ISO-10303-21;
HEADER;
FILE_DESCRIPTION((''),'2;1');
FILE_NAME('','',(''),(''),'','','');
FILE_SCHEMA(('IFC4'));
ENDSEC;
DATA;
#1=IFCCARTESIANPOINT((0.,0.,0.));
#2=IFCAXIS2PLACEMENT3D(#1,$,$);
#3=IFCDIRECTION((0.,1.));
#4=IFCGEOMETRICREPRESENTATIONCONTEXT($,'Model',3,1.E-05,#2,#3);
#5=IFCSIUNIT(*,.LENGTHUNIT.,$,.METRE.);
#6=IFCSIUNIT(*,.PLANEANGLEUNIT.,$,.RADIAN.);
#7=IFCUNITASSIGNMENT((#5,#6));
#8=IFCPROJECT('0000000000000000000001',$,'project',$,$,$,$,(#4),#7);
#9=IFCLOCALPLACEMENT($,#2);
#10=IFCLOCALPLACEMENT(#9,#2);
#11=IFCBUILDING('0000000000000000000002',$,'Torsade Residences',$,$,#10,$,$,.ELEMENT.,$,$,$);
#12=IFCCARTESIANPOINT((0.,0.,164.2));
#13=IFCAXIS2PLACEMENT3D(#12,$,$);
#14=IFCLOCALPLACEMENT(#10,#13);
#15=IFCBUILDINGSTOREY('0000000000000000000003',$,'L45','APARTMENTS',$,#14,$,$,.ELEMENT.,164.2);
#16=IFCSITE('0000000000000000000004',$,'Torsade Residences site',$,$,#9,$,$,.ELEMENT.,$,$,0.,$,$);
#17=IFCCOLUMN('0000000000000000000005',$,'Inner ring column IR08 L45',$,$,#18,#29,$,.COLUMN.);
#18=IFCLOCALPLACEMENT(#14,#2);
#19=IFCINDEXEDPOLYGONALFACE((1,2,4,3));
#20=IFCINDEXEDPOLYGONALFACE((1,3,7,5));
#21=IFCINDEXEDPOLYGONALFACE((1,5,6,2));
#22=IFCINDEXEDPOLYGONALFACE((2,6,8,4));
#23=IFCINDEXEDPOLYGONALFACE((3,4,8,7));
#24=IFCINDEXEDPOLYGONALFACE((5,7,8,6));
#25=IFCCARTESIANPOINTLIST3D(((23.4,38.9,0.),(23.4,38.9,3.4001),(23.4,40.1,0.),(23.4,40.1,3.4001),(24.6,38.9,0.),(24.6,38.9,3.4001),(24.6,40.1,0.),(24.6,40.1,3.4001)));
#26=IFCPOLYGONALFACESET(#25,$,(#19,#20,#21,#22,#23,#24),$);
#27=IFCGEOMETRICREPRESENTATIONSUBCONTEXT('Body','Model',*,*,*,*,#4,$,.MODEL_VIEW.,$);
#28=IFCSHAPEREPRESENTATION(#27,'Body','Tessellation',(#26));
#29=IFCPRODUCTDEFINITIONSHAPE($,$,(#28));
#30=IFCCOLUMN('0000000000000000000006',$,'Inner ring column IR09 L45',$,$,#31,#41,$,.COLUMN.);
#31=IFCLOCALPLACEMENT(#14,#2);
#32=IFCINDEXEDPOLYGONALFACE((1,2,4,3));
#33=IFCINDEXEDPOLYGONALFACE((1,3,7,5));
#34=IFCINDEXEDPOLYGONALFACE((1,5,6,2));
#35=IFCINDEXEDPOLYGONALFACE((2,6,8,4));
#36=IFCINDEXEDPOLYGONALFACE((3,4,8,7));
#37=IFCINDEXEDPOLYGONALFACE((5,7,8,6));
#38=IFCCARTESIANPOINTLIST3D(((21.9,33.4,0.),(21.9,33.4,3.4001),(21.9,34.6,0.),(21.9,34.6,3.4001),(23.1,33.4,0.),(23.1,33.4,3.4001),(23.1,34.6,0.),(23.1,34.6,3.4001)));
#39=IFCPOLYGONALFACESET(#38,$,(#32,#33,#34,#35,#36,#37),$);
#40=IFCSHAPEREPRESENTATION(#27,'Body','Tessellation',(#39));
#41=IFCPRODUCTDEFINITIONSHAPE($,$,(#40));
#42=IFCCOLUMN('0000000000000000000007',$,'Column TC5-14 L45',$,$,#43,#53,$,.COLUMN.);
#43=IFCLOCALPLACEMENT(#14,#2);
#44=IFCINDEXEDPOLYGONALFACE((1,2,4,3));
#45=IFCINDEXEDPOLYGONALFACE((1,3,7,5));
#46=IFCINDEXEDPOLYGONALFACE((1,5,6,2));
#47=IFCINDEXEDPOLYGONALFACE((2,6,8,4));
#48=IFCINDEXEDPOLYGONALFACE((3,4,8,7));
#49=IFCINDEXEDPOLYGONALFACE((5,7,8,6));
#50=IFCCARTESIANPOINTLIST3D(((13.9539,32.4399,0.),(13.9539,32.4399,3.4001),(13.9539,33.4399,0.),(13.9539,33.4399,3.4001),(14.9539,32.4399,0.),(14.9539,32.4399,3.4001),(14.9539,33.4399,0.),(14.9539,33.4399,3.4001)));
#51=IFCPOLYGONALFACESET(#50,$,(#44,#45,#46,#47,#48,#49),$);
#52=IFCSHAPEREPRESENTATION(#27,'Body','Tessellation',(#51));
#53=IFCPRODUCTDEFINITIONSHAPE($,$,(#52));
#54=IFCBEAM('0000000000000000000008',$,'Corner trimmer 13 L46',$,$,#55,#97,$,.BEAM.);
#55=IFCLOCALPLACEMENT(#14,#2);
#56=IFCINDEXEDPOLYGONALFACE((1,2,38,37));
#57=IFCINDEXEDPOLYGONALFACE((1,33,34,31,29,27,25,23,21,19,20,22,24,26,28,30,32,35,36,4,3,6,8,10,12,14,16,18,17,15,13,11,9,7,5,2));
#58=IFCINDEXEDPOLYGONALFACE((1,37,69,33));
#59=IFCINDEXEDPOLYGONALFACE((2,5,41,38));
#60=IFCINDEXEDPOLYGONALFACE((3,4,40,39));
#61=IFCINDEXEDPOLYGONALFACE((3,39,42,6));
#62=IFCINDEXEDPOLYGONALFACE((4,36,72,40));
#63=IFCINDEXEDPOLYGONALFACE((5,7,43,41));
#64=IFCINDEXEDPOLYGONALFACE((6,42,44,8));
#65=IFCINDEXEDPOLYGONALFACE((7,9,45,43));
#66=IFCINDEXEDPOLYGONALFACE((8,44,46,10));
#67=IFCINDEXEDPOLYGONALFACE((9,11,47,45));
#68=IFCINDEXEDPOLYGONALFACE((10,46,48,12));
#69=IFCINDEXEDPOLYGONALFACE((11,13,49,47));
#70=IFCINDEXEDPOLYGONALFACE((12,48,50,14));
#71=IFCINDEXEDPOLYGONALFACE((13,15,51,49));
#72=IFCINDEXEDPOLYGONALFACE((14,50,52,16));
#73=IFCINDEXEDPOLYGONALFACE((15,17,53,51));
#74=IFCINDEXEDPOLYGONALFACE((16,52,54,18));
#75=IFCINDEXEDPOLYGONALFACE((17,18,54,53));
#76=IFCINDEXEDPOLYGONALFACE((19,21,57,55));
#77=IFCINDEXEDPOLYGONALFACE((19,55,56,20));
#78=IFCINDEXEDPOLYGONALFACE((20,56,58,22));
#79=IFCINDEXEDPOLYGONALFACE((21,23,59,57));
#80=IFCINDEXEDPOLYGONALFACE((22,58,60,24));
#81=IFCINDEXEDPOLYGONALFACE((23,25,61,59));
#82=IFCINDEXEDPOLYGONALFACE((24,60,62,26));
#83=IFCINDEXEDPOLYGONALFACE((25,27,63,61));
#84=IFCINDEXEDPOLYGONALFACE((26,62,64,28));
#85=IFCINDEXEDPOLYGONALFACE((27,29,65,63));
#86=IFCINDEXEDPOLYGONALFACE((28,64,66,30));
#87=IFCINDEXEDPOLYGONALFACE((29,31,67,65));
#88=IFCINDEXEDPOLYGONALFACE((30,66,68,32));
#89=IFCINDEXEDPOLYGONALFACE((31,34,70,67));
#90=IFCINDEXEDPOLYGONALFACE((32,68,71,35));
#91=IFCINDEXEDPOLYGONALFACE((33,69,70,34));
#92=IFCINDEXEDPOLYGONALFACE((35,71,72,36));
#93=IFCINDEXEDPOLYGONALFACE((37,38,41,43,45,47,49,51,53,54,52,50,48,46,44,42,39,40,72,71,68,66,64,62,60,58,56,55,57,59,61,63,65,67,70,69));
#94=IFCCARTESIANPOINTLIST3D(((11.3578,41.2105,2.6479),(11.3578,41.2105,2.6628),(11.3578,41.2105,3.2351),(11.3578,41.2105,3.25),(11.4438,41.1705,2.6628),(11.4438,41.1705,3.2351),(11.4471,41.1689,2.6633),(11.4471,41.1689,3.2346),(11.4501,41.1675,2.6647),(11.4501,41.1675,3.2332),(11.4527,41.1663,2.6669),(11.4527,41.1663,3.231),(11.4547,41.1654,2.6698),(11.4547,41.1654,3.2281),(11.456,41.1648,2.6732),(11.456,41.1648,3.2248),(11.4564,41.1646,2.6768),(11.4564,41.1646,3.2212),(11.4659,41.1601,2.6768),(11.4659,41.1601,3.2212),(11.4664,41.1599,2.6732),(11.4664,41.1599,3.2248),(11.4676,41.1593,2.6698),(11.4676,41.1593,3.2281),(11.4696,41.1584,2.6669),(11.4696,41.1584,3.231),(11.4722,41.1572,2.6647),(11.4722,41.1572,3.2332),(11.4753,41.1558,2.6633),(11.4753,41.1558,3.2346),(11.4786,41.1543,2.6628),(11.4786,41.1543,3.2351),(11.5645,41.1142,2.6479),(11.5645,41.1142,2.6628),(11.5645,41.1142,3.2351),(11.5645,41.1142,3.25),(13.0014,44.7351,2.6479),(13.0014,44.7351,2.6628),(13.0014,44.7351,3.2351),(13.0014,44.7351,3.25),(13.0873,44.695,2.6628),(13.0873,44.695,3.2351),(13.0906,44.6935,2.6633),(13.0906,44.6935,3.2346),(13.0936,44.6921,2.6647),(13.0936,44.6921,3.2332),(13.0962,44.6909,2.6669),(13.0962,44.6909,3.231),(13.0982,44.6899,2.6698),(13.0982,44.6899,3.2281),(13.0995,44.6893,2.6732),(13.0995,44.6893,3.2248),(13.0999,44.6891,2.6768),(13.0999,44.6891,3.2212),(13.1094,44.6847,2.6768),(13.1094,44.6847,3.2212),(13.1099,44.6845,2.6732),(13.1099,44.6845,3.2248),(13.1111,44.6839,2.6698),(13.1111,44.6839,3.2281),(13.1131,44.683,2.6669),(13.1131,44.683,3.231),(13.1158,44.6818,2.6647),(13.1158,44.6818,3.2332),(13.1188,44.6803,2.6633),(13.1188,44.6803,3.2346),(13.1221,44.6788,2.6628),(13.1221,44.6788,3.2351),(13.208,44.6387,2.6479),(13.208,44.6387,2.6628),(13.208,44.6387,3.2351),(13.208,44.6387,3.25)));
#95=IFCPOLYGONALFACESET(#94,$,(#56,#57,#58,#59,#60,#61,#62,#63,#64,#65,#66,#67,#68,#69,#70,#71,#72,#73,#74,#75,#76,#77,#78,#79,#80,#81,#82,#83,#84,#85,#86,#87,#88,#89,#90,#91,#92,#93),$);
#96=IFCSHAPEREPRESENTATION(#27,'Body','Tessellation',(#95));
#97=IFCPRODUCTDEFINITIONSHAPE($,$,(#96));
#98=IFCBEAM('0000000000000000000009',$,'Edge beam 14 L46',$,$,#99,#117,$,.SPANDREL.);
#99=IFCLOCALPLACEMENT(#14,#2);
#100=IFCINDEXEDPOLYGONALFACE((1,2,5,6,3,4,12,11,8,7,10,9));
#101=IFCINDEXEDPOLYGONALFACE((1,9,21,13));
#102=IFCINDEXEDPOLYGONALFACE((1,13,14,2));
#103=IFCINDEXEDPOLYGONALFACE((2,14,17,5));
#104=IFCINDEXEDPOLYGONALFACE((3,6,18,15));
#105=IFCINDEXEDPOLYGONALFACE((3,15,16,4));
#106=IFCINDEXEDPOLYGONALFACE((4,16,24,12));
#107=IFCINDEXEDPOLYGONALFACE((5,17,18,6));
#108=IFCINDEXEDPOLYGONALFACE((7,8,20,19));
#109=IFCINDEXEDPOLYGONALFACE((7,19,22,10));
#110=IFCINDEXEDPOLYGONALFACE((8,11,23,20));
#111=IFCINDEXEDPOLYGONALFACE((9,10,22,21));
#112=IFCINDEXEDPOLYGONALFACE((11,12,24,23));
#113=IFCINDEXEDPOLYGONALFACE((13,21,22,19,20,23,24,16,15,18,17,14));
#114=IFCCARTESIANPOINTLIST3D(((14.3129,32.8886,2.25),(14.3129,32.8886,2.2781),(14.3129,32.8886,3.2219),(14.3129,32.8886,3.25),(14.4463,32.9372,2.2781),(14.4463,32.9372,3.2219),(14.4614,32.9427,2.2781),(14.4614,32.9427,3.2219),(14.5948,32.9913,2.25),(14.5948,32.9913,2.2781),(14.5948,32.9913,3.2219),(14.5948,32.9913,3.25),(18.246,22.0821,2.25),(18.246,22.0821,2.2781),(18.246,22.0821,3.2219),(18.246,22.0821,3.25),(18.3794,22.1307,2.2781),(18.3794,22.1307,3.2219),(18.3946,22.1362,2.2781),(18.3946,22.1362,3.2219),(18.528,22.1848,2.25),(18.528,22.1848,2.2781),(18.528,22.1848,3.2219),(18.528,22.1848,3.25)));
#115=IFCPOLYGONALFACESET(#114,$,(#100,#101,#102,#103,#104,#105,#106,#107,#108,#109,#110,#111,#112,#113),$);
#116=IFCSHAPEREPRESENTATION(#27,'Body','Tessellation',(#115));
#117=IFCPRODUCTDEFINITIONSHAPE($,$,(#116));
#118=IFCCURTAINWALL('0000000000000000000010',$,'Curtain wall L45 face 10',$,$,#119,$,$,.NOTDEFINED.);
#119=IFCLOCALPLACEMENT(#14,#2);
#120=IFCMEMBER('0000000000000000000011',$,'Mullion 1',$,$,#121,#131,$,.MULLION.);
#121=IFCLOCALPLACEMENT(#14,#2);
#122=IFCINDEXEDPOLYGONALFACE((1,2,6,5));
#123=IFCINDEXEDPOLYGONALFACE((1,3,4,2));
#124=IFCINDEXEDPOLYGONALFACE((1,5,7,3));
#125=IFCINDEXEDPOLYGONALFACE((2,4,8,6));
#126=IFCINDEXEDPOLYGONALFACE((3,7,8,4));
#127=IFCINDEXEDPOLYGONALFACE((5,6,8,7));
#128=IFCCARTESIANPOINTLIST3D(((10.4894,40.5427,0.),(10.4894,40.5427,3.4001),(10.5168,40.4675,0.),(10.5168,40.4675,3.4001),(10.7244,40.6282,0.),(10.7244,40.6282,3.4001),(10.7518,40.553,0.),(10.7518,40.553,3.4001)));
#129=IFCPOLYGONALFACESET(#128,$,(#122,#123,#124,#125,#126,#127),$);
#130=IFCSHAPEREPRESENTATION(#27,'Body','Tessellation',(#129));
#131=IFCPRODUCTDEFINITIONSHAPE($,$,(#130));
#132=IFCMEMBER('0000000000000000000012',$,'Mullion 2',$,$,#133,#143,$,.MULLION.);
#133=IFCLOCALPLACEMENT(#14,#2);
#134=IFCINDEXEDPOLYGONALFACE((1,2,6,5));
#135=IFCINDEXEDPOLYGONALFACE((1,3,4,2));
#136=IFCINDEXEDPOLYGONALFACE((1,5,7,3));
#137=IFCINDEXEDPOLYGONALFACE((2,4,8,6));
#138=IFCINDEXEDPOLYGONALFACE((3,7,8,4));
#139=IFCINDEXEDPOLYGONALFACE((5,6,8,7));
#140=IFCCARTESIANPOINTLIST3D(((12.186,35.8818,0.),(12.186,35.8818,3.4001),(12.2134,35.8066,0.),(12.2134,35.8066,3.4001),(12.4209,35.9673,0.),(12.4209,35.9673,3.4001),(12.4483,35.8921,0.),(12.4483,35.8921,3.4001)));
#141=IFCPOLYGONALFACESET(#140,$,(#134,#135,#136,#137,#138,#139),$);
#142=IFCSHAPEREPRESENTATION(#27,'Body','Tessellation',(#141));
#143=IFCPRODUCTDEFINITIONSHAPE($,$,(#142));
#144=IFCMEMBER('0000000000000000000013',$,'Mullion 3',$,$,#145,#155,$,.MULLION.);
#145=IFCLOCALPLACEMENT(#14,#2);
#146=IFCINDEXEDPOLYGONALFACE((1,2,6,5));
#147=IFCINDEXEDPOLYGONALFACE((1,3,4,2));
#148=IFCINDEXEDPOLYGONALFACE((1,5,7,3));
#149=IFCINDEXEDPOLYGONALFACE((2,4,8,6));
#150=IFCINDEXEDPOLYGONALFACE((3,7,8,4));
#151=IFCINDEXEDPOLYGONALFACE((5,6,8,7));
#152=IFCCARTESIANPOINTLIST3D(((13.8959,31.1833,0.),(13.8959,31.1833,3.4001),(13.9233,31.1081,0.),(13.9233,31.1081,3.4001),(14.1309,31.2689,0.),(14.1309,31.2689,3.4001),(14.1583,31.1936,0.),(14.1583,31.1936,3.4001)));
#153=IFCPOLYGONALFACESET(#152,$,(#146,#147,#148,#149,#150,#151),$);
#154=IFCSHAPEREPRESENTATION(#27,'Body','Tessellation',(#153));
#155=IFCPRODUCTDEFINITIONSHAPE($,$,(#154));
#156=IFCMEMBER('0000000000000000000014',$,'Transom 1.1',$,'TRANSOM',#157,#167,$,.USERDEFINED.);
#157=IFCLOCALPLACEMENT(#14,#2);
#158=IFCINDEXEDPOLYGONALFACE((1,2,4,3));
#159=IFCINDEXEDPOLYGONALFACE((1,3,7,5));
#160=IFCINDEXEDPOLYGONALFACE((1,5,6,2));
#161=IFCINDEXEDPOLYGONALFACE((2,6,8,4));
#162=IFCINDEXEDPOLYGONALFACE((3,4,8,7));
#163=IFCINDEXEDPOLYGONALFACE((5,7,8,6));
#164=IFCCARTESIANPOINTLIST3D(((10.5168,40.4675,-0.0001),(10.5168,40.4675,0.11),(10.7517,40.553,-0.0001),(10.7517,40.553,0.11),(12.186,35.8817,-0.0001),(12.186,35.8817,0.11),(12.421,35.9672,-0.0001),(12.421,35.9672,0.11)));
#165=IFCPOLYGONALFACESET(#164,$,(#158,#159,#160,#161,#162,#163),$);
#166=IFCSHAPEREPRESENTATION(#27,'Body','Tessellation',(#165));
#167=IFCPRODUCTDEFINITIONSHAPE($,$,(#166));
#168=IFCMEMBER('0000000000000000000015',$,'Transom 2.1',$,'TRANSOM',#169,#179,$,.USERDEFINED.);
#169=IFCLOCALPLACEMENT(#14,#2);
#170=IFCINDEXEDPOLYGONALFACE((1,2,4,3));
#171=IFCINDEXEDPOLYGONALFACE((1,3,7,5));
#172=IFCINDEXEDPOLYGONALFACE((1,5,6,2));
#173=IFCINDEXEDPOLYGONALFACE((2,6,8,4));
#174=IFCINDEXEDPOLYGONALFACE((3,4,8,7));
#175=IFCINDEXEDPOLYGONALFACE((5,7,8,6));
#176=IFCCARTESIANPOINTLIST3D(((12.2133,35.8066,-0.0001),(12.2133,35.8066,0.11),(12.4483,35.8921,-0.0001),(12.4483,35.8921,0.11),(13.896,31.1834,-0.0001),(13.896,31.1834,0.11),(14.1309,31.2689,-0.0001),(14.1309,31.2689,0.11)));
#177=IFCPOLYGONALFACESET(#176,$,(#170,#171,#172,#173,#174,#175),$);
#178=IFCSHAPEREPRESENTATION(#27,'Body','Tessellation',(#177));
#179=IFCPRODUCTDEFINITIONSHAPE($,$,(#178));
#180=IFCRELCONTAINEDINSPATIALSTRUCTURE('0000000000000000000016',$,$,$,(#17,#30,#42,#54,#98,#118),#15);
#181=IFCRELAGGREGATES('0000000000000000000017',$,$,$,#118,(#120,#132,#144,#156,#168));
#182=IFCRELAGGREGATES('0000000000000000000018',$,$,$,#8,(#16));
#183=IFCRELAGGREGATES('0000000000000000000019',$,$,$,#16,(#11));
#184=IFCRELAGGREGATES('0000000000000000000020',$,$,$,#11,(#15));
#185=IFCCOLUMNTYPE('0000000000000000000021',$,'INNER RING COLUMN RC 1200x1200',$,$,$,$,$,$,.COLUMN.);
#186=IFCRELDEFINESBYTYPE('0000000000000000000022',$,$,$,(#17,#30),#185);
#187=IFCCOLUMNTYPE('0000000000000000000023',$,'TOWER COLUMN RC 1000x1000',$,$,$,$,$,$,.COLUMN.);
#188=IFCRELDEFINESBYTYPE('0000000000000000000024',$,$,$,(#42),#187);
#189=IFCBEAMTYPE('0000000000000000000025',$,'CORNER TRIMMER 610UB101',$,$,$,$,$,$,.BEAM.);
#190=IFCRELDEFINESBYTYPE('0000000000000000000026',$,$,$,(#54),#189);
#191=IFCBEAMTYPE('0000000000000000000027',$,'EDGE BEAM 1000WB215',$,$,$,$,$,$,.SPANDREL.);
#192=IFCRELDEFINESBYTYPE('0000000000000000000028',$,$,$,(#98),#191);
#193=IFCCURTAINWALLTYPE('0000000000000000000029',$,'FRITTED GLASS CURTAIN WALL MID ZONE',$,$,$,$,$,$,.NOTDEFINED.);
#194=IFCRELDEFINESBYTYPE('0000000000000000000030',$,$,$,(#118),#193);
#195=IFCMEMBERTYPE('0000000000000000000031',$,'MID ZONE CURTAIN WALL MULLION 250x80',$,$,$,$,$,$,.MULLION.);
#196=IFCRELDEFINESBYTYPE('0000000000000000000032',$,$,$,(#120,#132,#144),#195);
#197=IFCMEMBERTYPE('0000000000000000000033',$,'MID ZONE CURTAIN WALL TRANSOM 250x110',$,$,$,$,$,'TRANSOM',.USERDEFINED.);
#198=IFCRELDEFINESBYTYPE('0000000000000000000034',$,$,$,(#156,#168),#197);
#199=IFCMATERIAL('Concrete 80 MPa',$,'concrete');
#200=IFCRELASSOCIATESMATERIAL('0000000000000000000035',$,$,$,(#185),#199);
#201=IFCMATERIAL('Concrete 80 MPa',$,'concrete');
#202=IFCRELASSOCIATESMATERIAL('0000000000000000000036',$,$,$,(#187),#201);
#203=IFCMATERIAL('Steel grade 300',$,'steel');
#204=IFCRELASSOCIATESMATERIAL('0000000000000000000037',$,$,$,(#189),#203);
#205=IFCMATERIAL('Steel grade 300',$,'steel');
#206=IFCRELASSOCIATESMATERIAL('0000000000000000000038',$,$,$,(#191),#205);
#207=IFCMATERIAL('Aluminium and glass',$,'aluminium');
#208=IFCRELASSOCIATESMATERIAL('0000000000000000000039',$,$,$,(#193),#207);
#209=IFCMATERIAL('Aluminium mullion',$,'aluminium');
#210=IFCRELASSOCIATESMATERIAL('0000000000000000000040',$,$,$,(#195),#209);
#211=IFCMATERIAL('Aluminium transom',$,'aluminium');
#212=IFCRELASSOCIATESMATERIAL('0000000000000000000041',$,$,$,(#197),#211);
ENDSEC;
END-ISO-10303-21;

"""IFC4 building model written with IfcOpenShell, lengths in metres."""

from ifc_helpers import new_model, si_unit, direction, frame, origin, origin_2d, place, context, subcontext, project, spatial, rectangle, i_section, extrude, material, material_profile, profile_set, type_object, element, aggregate, save


model = new_model("IFC4")

# Units and contexts
model_context = context("Model", 3, precision=1e-05, world=origin(), true_north=direction((0.0, 1.0)))
body_context = subcontext(model_context, "Body", "Model", "MODEL_VIEW")
ifc_project = project(units=[si_unit("LENGTHUNIT", "METRE"), si_unit("PLANEANGLEUNIT", "RADIAN")], contexts=[model_context])

# Site, building, storey
site_placement = place(None, origin())
site = spatial("IfcSite", under=ifc_project, at=site_placement, Name="Torsade Residences site", CompositionType="ELEMENT", RefElevation=0.0)
building_placement = place(site_placement, origin())
building = spatial("IfcBuilding", under=site, at=building_placement, Name="Torsade Residences", CompositionType="ELEMENT")
storey_placement = place(building_placement, frame((0.0, 0.0, 164.2)))
storey = spatial("IfcBuildingStorey", under=building, at=storey_placement, Name="L45", Description="APARTMENTS", CompositionType="ELEMENT", Elevation=164.2)

# Columns
ifc_material_1 = material(Name="Concrete 80 MPa", Category="concrete")
ifc_material_profile_1 = material_profile(ifc_material_1, rectangle(XDim=1.2, YDim=1.2, at=origin_2d()), Name="RC 1200x1200")
ifc_profile_set_1 = profile_set([ifc_material_profile_1], Name="Concrete 80 MPa")
column_type_1 = type_object("IfcColumnType", Name="INNER RING COLUMN RC 1200x1200", PredefinedType="COLUMN", material=ifc_profile_set_1)
for number, where, z_axis, x_axis, name in (
    (1, (24.0, 39.5, 0.0), (0.0, 0.0, 1.0), (1.0, 0.0, 0.0), "Inner ring column IR08 L45"),
    (2, (22.5, 34.0, 0.0), (0.0, 0.0, 1.0), (1.0, 0.0, 0.0), "Inner ring column IR09 L45"),
):
    element("IfcColumn", number, at=place(storey_placement, frame(where, z_axis=z_axis, x_axis=x_axis)), inside=storey, type_object=column_type_1, Name=name, PredefinedType="COLUMN", context=body_context, shape_type="SweptSolid", body=[
        extrude(rectangle(XDim=1.2, YDim=1.2, at=origin_2d()), origin(), (0.0, 0.0, 1.0), 3.4001),
    ])
ifc_material_2 = material(Name="Concrete 80 MPa", Category="concrete")
ifc_material_profile_2 = material_profile(ifc_material_2, rectangle(XDim=1.0, YDim=1.0, at=origin_2d()), Name="RC 1000x1000")
ifc_profile_set_2 = profile_set([ifc_material_profile_2], Name="Concrete 80 MPa")
column_type_2 = type_object("IfcColumnType", Name="TOWER COLUMN RC 1000x1000", PredefinedType="COLUMN", material=ifc_profile_set_2)
column_placement = place(storey_placement, frame((14.4539, 32.9399, 0.0), z_axis=(0.0, 0.0, 1.0), x_axis=(1.0, 0.0, 0.0)))
element("IfcColumn", 3, at=column_placement, inside=storey, type_object=column_type_2, Name="Column TC5-14 L45", PredefinedType="COLUMN", context=body_context, shape_type="SweptSolid", body=[
    extrude(rectangle(XDim=1.0, YDim=1.0, at=origin_2d()), origin(), (0.0, 0.0, 1.0), 3.4001),
])

# Beams
ifc_material_3 = material(Name="Steel grade 300", Category="steel")
ifc_material_profile_3 = material_profile(ifc_material_3, i_section(OverallWidth=0.228, OverallDepth=0.6021, WebThickness=0.0105, FlangeThickness=0.0149, FilletRadius=0.0139, at=origin_2d()), Name="610UB101")
ifc_profile_set_3 = profile_set([ifc_material_profile_3], Name="Steel grade 300")
beam_type_1 = type_object("IfcBeamType", Name="CORNER TRIMMER 610UB101", PredefinedType="BEAM", material=ifc_profile_set_3)
beam_1_placement = place(storey_placement, frame((11.4612, 41.1624, 2.949), z_axis=(0.422614, 0.90631, 0.0), x_axis=(-0.90631, 0.422614, 0.0)))
element("IfcBeam", 4, at=beam_1_placement, inside=storey, type_object=beam_type_1, Name="Corner trimmer 13 L46", PredefinedType="BEAM", context=body_context, shape_type="SweptSolid", body=[
    extrude(i_section(OverallWidth=0.228, OverallDepth=0.6021, WebThickness=0.0105, FlangeThickness=0.0149, FilletRadius=0.0139, at=origin_2d()), origin(), (0.0, 0.0, 1.0), 3.8889),
])
ifc_material_4 = material(Name="Steel grade 300", Category="steel")
ifc_material_profile_4 = material_profile(ifc_material_4, i_section(OverallWidth=0.3, OverallDepth=1.0, WebThickness=0.0161, FlangeThickness=0.0281, at=origin_2d()), Name="1000WB215")
ifc_profile_set_4 = profile_set([ifc_material_profile_4], Name="Steel grade 300")
beam_type_2 = type_object("IfcBeamType", Name="EDGE BEAM 1000WB215", PredefinedType="SPANDREL", material=ifc_profile_set_4)
beam_2_placement = place(storey_placement, frame((14.4539, 32.9399, 2.75), z_axis=(0.342012, -0.939695, 0.0), x_axis=(0.939695, 0.342012, 0.0)))
element("IfcBeam", 5, at=beam_2_placement, inside=storey, type_object=beam_type_2, Name="Edge beam 14 L46", PredefinedType="SPANDREL", context=body_context, shape_type="SweptSolid", body=[
    extrude(i_section(OverallWidth=0.3, OverallDepth=1.0, WebThickness=0.0161, FlangeThickness=0.0281, at=origin_2d()), origin(), (0.0, 0.0, 1.0), 11.5),
])

# Curtain wall, members
ifc_material_5 = material(Name="Aluminium and glass", Category="aluminium")
curtain_wall_type = type_object("IfcCurtainWallType", Name="FRITTED GLASS CURTAIN WALL MID ZONE", PredefinedType="NOTDEFINED", material=ifc_material_5)
curtain_wall_placement = place(storey_placement, origin())
curtain_wall = element("IfcCurtainWall", 6, at=curtain_wall_placement, inside=storey, type_object=curtain_wall_type, Name="Curtain wall L45 face 10", PredefinedType="NOTDEFINED")
ifc_material_6 = material(Name="Aluminium mullion", Category="aluminium")
ifc_material_profile_5 = material_profile(ifc_material_6, rectangle(XDim=0.25, YDim=0.0801, at=origin_2d()), Name="MID ZONE CURTAIN WALL MULLION 250x80")
ifc_profile_set_5 = profile_set([ifc_material_profile_5], Name="Aluminium mullion")
member_type_1 = type_object("IfcMemberType", Name="MID ZONE CURTAIN WALL MULLION 250x80", PredefinedType="MULLION", material=ifc_profile_set_5)
member_1_placement = place(storey_placement, frame((10.6206, 40.5479, 0.0), z_axis=(0.0, 0.0, 1.0), x_axis=(0.939693, 0.34202, 0.0)))
member_1 = element("IfcMember", 7, at=member_1_placement, type_object=member_type_1, Name="Mullion 1", PredefinedType="MULLION", context=body_context, shape_type="SweptSolid", body=[
    extrude(rectangle(XDim=0.25, YDim=0.0801, at=origin_2d()), origin(), (0.0, 0.0, 1.0), 3.4001),
])
member_2_placement = place(storey_placement, frame((12.3171, 35.887, 0.0), z_axis=(0.0, 0.0, 1.0), x_axis=(0.939693, 0.34202, 0.0)))
member_2 = element("IfcMember", 8, at=member_2_placement, type_object=member_type_1, Name="Mullion 2", PredefinedType="MULLION", context=body_context, shape_type="SweptSolid", body=[
    extrude(rectangle(XDim=0.25, YDim=0.0801, at=origin_2d()), origin(), (0.0, 0.0, 1.0), 3.4001),
])
member_3_placement = place(storey_placement, frame((14.0271, 31.1885, 0.0), z_axis=(0.0, 0.0, 1.0), x_axis=(0.939693, 0.34202, 0.0)))
member_3 = element("IfcMember", 9, at=member_3_placement, type_object=member_type_1, Name="Mullion 3", PredefinedType="MULLION", context=body_context, shape_type="SweptSolid", body=[
    extrude(rectangle(XDim=0.25, YDim=0.0801, at=origin_2d()), origin(), (0.0, 0.0, 1.0), 3.4001),
])
ifc_material_7 = material(Name="Aluminium transom", Category="aluminium")
ifc_material_profile_6 = material_profile(ifc_material_7, rectangle(XDim=0.25, YDim=0.1101, at=origin_2d()), Name="MID ZONE CURTAIN WALL TRANSOM 250x110")
ifc_profile_set_6 = profile_set([ifc_material_profile_6], Name="Aluminium transom")
member_type_2 = type_object("IfcMemberType", Name="MID ZONE CURTAIN WALL TRANSOM 250x110", ElementType="TRANSOM", PredefinedType="USERDEFINED", material=ifc_profile_set_6)
member_4_placement = place(storey_placement, frame((10.6343, 40.5103, 0.0549), z_axis=(0.342044, -0.939684, 0.0), x_axis=(0.939684, 0.342044, 0.0)))
member_4 = element("IfcMember", 10, at=member_4_placement, type_object=member_type_2, Name="Transom 1.1", ObjectType="TRANSOM", PredefinedType="USERDEFINED", context=body_context, shape_type="SweptSolid", body=[
    extrude(rectangle(XDim=0.25, YDim=0.1101, at=origin_2d()), origin(), (0.0, 0.0, 1.0), 4.8801),
])
member_5_placement = place(storey_placement, frame((12.3308, 35.8494, 0.0549), z_axis=(0.341998, -0.939701, 0.0), x_axis=(0.939701, 0.341998, 0.0)))
member_5 = element("IfcMember", 11, at=member_5_placement, type_object=member_type_2, Name="Transom 2.1", ObjectType="TRANSOM", PredefinedType="USERDEFINED", context=body_context, shape_type="SweptSolid", body=[
    extrude(rectangle(XDim=0.25, YDim=0.1101, at=origin_2d()), origin(), (0.0, 0.0, 1.0), 4.9199),
])

aggregate(curtain_wall, [member_1, member_2, member_3, member_4, member_5])

save(model, "model.ifc")
